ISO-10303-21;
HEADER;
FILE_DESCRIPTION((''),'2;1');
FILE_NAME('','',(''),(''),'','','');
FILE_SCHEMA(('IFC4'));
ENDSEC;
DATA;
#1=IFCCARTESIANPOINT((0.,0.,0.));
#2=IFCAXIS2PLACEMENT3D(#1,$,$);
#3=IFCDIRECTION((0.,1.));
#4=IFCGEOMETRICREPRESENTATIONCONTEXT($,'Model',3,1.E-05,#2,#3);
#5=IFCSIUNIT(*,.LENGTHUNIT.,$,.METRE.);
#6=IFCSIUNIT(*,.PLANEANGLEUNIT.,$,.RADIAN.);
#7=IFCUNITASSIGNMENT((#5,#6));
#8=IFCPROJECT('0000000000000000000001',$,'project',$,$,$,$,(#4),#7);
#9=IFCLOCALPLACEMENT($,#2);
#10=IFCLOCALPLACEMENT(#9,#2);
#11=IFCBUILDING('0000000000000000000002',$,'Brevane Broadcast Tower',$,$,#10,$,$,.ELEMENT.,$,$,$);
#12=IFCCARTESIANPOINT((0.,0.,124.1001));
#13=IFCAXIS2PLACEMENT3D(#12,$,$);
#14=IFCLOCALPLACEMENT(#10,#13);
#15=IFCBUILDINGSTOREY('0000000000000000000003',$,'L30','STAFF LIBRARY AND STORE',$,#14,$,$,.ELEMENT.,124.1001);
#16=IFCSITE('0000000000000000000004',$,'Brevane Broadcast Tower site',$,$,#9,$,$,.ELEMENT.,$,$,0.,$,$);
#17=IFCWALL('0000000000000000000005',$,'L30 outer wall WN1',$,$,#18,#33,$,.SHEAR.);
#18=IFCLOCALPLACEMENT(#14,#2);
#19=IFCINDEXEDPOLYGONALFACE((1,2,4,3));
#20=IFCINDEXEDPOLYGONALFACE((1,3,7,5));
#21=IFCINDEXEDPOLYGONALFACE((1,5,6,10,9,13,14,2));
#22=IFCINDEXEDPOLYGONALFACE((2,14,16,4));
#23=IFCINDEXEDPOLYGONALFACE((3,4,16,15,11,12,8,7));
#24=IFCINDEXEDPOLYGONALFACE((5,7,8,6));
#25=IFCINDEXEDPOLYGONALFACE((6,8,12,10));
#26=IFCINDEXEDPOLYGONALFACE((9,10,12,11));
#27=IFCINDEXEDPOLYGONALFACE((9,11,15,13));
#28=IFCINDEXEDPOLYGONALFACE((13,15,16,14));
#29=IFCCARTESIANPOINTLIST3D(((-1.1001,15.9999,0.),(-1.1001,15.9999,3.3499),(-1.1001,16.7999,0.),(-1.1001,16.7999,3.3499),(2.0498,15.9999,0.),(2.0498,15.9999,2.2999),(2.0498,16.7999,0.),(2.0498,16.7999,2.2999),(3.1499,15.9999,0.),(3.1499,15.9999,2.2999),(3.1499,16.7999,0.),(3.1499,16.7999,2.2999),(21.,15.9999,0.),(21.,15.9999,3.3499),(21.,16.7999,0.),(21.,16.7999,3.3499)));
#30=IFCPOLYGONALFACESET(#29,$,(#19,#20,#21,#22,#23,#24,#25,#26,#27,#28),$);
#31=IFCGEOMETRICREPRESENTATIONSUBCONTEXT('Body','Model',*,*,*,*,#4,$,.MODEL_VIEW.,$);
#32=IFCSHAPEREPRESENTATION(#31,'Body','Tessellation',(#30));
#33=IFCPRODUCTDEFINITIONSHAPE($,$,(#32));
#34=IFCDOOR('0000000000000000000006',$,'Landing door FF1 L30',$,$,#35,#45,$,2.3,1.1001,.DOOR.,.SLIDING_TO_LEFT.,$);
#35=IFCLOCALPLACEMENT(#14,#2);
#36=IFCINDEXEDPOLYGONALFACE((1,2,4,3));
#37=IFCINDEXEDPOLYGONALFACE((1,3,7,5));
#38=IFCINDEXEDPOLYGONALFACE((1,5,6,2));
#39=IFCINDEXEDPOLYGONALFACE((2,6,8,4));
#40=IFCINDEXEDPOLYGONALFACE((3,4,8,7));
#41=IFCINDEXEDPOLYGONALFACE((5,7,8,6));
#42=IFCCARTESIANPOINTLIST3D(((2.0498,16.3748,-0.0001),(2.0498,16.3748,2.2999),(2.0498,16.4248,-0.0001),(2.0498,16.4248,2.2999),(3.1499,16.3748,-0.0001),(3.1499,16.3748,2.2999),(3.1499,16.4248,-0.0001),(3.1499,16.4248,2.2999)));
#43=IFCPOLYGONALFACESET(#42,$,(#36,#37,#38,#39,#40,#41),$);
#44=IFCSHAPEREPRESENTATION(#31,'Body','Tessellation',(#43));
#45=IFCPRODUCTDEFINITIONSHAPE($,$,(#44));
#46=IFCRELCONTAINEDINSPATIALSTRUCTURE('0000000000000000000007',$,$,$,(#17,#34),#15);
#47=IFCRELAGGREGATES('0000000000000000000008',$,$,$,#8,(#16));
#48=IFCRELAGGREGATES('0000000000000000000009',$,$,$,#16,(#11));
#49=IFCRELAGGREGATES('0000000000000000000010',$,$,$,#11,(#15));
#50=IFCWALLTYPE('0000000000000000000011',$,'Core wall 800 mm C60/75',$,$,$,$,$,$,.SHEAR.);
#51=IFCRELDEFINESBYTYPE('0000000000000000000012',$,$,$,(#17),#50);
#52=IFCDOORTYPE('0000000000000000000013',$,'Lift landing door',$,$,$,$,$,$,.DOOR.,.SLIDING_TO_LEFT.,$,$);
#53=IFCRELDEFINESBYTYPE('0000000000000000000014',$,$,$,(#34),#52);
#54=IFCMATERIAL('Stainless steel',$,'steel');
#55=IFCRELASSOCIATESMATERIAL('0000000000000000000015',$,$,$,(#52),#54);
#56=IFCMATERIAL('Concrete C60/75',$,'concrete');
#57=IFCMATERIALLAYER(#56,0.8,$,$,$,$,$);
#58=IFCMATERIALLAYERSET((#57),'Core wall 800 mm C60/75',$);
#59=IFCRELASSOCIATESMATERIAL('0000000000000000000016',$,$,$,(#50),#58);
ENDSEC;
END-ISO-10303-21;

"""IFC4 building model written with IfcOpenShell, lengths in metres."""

from ifc_helpers import new_model, si_unit, direction, frame, frame_2d, origin, place, context, subcontext, project, spatial, rectangle, extrude, material, layer, layer_set, type_object, element, fill, save


model = new_model("IFC4")

# Units and contexts
model_context = context("Model", 3, precision=1e-05, world=origin(), true_north=direction((0.0, 1.0)))
body_context = subcontext(model_context, "Body", "Model", "MODEL_VIEW")
ifc_project = project(units=[si_unit("LENGTHUNIT", "METRE"), si_unit("PLANEANGLEUNIT", "RADIAN")], contexts=[model_context])

# Site, building, storey
site_placement = place(None, origin())
site = spatial("IfcSite", under=ifc_project, at=site_placement, Name="Brevane Broadcast Tower site", CompositionType="ELEMENT", RefElevation=0.0)
building_placement = place(site_placement, origin())
building = spatial("IfcBuilding", under=site, at=building_placement, Name="Brevane Broadcast Tower", CompositionType="ELEMENT")
storey_placement = place(building_placement, frame((0.0, 0.0, 124.1001)))
storey = spatial("IfcBuildingStorey", under=building, at=storey_placement, Name="L30", Description="STAFF LIBRARY AND STORE", CompositionType="ELEMENT", Elevation=124.1001)

# Shared definitions
ifc_material_1 = material(Name="Concrete C60/75", Category="concrete")
ifc_material_2 = material(Name="Stainless steel", Category="steel")
door_type = type_object("IfcDoorType", Name="Lift landing door", OperationType="SLIDING_TO_LEFT", PredefinedType="DOOR", material=ifc_material_2)

# Wall, opening, door
ifc_layer_1 = layer(ifc_material_1, 0.8)
ifc_layer_set_1 = layer_set([ifc_layer_1], Name="Core wall 800 mm C60/75")
wall_type_1 = type_object("IfcWallType", Name="Core wall 800 mm C60/75", PredefinedType="SHEAR", material=ifc_layer_set_1)
wall_1_placement = place(storey_placement, frame((-1.1001, 16.3999, 0.0), z_axis=(0.0, 0.0, 1.0), x_axis=(1.0, 0.0, 0.0)))
wall_1 = element("IfcWall", 1, at=wall_1_placement, inside=storey, type_object=wall_type_1, Name="L30 outer wall WN1", PredefinedType="SHEAR", context=body_context, shape_type="SweptSolid", body=[
    extrude(rectangle(XDim=22.1001, YDim=0.8, at=frame_2d((11.05, 0.0))), origin(), (0.0, 0.0, 1.0), 3.3499),
])
opening_1_placement = place(wall_1_placement, frame((3.1499, 0.0, 0.0)))
opening_1 = element("IfcOpeningElement", 2, at=opening_1_placement, cuts=wall_1, PredefinedType="OPENING", context=body_context, shape_type="SweptSolid", body=[
    extrude(rectangle(XDim=1.1001, YDim=2.3, at=frame_2d((0.55, 1.1499))), frame((0.0, 0.4099, 0.0), z_axis=(0.0, -1.0, 0.0), x_axis=(1.0, 0.0, 0.0)), (0.0, 0.0, 1.0), 0.8201),
])
door_1_placement = place(opening_1_placement, origin())
door_1 = element("IfcDoor", 3, at=door_1_placement, inside=storey, type_object=door_type, Name="Landing door FF1 L30", OperationType="SLIDING_TO_LEFT", OverallHeight=2.3, OverallWidth=1.1001, PredefinedType="DOOR", context=body_context, shape_type="SweptSolid", body=[
    extrude(rectangle(XDim=1.1001, YDim=2.3, at=frame_2d((0.55, 1.1499))), frame((0.0, 0.0249, 0.0), z_axis=(0.0, -1.0, 0.0), x_axis=(1.0, 0.0, 0.0)), (0.0, 0.0, 1.0), 0.05),
])
fill(opening_1, door_1)

save(model, "model.ifc")
